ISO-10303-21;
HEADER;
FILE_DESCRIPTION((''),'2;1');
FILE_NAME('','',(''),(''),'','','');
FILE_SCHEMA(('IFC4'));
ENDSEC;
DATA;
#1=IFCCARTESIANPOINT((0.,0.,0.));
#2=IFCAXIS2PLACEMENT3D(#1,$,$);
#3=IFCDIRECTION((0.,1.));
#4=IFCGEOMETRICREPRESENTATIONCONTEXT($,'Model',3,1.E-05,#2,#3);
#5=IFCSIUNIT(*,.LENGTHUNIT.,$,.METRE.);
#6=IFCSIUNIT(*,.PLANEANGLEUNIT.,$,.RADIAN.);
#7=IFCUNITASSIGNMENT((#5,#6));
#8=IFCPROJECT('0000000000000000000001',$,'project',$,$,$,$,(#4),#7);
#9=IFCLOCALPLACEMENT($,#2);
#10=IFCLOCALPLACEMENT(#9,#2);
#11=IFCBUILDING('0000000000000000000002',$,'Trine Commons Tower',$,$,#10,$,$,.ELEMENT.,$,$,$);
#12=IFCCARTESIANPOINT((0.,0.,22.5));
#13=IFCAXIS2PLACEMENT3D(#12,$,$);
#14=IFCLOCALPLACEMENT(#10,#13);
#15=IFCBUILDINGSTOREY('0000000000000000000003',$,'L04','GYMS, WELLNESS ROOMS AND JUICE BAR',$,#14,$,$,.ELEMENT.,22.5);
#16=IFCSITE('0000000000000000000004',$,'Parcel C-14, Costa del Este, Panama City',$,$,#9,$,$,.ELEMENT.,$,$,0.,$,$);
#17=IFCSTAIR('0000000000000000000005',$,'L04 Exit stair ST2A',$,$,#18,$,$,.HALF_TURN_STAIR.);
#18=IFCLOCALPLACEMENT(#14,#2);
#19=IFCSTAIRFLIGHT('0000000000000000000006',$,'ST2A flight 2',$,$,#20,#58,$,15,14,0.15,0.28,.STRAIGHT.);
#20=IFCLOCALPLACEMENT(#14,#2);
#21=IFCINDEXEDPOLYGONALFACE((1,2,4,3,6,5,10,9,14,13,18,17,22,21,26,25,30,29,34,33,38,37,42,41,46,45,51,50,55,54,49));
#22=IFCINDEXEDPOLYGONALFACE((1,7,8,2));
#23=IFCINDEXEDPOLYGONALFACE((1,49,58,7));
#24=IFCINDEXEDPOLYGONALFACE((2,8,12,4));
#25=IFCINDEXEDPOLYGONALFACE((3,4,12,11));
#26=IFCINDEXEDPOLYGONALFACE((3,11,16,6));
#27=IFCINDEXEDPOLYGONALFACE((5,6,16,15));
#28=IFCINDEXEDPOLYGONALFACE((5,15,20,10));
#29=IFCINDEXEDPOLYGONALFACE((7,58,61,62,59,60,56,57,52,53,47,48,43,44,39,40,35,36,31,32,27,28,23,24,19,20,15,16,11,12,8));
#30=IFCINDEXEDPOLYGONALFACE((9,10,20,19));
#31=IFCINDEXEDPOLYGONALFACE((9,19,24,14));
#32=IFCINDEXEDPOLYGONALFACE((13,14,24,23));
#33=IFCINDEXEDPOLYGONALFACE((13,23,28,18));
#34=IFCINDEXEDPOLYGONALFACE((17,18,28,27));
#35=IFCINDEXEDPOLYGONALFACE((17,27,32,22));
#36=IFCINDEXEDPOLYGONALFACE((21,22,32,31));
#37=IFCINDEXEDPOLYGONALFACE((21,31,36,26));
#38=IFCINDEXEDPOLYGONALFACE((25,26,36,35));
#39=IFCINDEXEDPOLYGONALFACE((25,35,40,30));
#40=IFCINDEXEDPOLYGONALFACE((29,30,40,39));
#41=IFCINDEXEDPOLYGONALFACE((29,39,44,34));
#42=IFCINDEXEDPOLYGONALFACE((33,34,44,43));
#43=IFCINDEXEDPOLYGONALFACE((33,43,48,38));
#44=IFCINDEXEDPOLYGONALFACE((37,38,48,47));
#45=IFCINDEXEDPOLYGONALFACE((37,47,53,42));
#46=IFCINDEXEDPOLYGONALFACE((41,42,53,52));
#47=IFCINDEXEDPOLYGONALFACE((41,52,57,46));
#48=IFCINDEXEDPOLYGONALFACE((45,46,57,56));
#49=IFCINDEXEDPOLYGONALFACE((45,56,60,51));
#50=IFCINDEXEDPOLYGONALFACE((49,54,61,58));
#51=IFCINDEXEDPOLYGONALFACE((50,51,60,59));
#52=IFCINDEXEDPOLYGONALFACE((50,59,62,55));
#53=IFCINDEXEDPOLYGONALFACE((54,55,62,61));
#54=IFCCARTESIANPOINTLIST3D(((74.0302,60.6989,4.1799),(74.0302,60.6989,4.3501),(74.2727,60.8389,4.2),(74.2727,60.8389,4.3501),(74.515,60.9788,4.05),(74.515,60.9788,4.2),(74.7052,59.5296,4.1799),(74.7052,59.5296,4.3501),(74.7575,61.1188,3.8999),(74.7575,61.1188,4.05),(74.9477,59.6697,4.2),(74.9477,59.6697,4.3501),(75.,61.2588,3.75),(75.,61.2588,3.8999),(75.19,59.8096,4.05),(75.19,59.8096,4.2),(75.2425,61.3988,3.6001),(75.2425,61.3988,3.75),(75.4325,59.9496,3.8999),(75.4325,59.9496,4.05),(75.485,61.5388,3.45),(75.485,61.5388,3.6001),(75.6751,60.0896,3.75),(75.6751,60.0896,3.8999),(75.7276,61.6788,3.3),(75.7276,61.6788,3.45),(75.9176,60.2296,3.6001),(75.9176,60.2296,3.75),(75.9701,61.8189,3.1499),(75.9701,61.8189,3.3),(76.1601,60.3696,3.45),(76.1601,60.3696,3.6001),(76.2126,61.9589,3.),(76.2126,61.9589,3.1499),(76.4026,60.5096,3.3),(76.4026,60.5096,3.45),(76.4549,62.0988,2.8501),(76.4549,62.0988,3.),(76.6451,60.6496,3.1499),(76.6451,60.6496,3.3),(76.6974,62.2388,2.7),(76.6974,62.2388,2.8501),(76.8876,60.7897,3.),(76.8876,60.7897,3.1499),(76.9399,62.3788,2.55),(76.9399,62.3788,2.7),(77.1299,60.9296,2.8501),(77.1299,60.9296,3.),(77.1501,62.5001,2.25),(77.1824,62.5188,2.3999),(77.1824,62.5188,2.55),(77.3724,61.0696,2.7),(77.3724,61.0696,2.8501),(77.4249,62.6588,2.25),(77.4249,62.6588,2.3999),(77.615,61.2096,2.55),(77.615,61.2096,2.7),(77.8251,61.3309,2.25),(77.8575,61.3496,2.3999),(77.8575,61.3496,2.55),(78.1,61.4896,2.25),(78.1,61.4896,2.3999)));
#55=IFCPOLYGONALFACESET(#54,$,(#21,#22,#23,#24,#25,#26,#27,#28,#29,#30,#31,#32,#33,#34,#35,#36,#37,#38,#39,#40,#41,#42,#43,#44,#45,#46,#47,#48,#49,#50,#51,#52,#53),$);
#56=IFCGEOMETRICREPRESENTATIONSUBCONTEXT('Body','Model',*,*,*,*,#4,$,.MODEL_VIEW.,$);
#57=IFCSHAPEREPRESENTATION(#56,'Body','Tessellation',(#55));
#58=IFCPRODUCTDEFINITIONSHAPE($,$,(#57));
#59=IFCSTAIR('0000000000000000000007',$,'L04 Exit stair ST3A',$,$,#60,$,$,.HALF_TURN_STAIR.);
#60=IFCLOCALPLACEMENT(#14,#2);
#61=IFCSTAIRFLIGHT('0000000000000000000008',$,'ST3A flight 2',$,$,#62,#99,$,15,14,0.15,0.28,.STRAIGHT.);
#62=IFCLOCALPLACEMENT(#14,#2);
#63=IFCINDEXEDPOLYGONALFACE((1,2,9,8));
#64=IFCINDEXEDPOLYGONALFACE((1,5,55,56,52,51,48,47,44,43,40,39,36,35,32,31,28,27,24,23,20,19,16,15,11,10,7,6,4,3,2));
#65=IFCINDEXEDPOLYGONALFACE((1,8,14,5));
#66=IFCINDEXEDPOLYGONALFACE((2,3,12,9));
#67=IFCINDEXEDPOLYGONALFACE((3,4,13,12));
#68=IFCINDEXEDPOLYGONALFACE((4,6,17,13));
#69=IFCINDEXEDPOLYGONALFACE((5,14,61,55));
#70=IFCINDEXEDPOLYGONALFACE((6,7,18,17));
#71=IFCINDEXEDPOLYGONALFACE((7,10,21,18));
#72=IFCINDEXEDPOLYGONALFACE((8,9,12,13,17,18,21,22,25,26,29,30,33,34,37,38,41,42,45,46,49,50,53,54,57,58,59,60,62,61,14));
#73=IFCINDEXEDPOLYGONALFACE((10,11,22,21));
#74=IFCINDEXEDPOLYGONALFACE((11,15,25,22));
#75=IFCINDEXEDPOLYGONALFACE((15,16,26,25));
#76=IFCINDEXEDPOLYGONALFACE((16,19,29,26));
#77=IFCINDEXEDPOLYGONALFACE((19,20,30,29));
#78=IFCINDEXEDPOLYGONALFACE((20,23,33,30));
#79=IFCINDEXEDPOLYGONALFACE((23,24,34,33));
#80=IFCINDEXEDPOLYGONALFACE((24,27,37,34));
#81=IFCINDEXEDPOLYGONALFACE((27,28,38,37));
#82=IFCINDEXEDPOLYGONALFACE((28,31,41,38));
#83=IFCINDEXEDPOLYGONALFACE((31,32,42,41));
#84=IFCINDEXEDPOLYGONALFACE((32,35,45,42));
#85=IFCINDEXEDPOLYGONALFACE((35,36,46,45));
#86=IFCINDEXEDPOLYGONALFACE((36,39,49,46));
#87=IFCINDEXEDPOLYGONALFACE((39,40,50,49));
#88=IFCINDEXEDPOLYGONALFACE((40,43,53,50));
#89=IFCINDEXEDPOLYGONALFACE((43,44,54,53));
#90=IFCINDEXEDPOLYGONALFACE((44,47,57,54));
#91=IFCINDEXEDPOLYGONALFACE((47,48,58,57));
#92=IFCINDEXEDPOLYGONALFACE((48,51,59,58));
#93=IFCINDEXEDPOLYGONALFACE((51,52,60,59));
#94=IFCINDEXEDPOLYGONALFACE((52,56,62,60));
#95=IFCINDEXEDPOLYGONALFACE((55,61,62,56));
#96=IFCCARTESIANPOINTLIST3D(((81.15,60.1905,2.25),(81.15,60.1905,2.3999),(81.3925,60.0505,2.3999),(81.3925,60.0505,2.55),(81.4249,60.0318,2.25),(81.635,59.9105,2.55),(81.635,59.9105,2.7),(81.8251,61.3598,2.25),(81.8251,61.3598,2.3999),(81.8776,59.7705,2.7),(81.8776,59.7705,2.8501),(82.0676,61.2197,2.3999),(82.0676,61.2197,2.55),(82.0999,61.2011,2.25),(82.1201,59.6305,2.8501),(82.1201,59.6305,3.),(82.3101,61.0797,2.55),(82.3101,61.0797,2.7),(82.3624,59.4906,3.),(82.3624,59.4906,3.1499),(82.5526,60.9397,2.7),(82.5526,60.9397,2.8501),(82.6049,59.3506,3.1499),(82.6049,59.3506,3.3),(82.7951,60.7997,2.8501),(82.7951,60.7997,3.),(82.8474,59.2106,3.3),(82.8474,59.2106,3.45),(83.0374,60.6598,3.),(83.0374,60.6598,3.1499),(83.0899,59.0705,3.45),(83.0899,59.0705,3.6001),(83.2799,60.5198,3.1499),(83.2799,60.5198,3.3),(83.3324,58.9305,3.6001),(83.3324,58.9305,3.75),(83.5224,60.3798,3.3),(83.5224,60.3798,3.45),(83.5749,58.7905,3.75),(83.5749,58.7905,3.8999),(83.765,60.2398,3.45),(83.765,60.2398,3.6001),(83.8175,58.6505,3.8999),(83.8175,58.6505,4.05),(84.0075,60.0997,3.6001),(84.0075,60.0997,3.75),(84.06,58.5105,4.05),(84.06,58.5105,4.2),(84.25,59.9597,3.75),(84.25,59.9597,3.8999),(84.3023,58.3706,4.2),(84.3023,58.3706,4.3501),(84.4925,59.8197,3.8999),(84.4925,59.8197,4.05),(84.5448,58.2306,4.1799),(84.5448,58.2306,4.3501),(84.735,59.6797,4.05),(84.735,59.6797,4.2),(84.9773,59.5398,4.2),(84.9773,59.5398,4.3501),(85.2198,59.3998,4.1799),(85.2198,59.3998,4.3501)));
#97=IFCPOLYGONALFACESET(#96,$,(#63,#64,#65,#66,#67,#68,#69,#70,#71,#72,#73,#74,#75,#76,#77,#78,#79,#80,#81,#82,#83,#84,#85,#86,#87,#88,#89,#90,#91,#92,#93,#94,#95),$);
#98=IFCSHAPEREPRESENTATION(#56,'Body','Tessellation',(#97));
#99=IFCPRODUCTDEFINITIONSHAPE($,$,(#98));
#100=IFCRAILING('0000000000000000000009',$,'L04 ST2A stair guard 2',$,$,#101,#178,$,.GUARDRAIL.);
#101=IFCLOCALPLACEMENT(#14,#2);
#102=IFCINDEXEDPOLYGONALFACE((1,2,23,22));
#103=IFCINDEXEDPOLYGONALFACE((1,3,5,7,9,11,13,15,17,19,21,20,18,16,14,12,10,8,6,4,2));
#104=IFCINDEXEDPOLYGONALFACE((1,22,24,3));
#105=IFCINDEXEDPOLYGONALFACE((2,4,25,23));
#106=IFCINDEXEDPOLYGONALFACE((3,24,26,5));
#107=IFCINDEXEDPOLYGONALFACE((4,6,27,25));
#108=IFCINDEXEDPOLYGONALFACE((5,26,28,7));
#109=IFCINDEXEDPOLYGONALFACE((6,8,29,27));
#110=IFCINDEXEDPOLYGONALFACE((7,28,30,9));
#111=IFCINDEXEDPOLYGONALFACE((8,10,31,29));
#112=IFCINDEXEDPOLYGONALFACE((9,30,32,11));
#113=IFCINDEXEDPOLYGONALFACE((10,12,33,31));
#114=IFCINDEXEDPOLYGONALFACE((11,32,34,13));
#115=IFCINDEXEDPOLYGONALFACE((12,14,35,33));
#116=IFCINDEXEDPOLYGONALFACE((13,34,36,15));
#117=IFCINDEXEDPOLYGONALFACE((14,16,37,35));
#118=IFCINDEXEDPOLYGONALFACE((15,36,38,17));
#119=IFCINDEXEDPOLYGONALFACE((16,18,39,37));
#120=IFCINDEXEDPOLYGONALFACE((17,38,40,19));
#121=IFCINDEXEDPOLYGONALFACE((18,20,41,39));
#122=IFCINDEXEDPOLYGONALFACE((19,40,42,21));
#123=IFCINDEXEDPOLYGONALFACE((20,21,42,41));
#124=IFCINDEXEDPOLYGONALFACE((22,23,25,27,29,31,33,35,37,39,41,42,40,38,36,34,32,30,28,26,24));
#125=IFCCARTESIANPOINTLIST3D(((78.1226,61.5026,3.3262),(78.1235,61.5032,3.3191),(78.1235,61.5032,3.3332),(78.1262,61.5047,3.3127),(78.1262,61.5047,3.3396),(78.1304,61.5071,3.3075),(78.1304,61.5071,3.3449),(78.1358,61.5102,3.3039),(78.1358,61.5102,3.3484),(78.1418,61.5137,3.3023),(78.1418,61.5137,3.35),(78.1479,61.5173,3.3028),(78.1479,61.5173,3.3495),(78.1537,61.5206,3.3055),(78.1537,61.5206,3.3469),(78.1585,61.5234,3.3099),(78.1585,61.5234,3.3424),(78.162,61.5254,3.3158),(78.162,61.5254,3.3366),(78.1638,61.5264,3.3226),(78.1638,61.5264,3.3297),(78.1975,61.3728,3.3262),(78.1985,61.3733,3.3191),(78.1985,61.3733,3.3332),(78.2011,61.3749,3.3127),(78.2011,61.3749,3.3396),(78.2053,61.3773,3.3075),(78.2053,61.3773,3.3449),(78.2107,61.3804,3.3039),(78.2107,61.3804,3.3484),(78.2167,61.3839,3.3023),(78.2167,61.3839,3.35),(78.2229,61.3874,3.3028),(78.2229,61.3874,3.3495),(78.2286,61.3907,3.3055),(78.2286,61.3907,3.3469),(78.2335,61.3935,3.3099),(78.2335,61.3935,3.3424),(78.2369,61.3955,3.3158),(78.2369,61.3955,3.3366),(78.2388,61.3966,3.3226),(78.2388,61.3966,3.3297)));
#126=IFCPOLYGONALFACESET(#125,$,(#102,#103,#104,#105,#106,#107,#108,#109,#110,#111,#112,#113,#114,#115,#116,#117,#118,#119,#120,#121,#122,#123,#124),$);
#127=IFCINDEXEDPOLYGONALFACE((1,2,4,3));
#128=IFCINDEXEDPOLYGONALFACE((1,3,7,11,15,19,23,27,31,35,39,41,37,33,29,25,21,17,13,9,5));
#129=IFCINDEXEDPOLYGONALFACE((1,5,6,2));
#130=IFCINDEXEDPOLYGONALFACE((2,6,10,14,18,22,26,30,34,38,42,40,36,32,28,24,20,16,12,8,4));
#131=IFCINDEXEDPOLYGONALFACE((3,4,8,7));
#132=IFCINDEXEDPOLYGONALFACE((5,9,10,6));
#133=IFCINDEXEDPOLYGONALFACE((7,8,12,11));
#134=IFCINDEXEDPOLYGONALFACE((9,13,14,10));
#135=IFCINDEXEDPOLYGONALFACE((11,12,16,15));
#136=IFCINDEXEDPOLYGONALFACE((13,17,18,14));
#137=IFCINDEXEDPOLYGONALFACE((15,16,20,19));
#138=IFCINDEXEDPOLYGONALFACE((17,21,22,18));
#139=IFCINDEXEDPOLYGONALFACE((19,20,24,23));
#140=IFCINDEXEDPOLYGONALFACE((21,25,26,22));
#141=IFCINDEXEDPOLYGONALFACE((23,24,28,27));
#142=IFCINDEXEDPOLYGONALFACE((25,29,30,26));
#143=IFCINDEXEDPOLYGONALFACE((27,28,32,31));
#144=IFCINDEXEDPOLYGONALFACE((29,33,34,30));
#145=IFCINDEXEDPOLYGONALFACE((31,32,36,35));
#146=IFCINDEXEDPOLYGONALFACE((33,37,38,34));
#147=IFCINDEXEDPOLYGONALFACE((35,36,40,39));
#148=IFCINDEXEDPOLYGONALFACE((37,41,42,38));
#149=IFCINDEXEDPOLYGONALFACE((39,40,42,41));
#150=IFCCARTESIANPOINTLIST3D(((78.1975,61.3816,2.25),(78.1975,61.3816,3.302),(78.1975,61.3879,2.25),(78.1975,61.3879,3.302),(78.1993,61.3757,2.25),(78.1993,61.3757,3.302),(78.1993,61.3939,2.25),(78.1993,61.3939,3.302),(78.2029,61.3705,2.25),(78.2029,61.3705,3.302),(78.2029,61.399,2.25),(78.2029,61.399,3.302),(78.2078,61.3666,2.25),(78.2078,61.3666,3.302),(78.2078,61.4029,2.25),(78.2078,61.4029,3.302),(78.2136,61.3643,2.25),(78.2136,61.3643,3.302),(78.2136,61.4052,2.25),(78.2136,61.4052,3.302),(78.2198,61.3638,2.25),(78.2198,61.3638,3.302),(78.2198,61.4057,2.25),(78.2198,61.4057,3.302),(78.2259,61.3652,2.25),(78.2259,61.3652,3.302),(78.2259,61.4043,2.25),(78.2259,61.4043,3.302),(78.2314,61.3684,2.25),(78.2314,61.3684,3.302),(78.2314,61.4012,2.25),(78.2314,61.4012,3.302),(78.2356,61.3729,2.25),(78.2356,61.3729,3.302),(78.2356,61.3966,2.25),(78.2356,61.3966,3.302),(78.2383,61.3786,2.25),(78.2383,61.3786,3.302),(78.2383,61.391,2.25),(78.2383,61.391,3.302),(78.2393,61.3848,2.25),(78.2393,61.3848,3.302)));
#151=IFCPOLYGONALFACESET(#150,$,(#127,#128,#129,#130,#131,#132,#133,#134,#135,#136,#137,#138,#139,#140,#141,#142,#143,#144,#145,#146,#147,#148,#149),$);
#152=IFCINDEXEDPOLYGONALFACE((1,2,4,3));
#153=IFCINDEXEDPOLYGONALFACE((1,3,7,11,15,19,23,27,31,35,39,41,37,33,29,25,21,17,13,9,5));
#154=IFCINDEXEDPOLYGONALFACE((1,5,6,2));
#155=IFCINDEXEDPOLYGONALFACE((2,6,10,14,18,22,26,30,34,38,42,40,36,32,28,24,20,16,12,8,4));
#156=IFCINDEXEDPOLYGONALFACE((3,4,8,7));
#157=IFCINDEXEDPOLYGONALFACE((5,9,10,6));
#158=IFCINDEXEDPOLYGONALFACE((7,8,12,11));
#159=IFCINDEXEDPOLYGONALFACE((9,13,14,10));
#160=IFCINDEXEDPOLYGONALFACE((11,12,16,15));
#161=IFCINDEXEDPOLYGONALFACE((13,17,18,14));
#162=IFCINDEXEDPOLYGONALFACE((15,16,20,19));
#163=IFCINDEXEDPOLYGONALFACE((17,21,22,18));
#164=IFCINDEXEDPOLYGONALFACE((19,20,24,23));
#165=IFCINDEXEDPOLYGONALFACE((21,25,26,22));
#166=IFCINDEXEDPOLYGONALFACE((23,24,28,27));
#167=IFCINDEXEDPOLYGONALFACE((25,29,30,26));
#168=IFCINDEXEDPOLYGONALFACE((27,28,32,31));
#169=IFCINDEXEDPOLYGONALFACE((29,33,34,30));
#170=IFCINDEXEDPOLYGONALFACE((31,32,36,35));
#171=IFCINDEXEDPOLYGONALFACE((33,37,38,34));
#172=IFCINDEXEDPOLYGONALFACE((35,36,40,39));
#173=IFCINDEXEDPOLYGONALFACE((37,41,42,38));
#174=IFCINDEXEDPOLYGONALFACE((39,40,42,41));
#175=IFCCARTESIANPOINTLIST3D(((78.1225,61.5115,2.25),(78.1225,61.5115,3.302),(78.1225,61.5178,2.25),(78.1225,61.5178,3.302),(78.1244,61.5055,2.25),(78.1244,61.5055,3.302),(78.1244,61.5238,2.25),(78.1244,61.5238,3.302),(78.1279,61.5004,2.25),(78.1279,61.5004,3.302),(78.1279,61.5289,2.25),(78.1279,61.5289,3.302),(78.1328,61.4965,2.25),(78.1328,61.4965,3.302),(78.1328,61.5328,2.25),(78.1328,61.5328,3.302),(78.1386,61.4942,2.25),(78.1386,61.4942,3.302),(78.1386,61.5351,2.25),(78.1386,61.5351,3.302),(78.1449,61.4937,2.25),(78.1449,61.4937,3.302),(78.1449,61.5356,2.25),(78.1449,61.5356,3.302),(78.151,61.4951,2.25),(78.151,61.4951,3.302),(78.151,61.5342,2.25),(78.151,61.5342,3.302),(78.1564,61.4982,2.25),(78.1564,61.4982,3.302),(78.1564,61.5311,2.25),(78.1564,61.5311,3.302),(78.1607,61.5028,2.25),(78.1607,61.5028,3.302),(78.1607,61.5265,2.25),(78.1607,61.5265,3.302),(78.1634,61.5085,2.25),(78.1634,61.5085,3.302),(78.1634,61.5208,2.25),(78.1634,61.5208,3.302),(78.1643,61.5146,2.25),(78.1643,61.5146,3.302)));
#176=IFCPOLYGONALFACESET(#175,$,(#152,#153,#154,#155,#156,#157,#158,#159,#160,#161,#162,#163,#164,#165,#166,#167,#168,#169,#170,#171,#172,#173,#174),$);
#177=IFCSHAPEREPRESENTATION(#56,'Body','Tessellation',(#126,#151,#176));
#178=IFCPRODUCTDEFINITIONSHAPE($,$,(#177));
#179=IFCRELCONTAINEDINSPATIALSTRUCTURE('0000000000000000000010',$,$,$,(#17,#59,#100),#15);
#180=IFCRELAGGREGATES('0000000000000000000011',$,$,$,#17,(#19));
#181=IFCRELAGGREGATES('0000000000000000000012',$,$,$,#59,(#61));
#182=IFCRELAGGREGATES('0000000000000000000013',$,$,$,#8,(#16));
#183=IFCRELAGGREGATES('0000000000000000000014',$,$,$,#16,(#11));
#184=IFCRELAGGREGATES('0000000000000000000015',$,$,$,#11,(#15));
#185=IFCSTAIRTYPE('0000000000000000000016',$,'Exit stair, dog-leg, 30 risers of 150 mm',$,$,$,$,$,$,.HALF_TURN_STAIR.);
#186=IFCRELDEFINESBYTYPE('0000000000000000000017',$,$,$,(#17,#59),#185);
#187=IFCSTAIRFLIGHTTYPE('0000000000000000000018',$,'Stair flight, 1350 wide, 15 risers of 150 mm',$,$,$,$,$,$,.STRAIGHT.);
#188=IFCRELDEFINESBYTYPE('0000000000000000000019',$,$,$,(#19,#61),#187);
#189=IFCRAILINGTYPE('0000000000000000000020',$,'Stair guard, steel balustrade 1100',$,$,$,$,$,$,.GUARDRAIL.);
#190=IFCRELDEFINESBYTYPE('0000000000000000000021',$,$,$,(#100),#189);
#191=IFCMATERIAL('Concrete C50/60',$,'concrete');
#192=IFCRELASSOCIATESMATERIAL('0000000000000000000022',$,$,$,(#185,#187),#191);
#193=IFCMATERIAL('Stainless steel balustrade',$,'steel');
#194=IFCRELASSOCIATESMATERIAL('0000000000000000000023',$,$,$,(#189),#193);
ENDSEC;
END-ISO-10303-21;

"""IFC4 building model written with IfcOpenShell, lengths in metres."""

from ifc_helpers import new_model, si_unit, direction, frame, origin, origin_2d, place, context, subcontext, project, spatial, polyline, circle, outline, extrude, material, type_object, element, aggregate, save


model = new_model("IFC4")

# Units and contexts
model_context = context("Model", 3, precision=1e-05, world=origin(), true_north=direction((0.0, 1.0)))
body_context = subcontext(model_context, "Body", "Model", "MODEL_VIEW")
ifc_project = project(units=[si_unit("LENGTHUNIT", "METRE"), si_unit("PLANEANGLEUNIT", "RADIAN")], contexts=[model_context])

# Site, building, storey
site_placement = place(None, origin())
site = spatial("IfcSite", under=ifc_project, at=site_placement, Name="Parcel C-14, Costa del Este, Panama City", CompositionType="ELEMENT", RefElevation=0.0)
building_placement = place(site_placement, origin())
building = spatial("IfcBuilding", under=site, at=building_placement, Name="Trine Commons Tower", CompositionType="ELEMENT")
storey_placement = place(building_placement, frame((0.0, 0.0, 22.5)))
storey = spatial("IfcBuildingStorey", under=building, at=storey_placement, Name="L04", Description="GYMS, WELLNESS ROOMS AND JUICE BAR", CompositionType="ELEMENT", Elevation=22.5)

# Stairs, stair flights
ifc_material_1 = material(Name="Concrete C50/60", Category="concrete")
stair_type = type_object("IfcStairType", Name="Exit stair, dog-leg, 30 risers of 150 mm", PredefinedType="HALF_TURN_STAIR", material=ifc_material_1)
stair_1_placement = place(storey_placement, origin())
stair_1 = element("IfcStair", 1, at=stair_1_placement, inside=storey, type_object=stair_type, Name="L04 Exit stair ST2A", PredefinedType="HALF_TURN_STAIR")
stair_flight_type = type_object("IfcStairFlightType", Name="Stair flight, 1350 wide, 15 risers of 150 mm", PredefinedType="STRAIGHT", material=ifc_material_1)
stair_flight_1_placement = place(storey_placement, frame((77.7625, 62.0742, 2.25), z_axis=(0.0, 0.0, 1.0), x_axis=(-0.866025, -0.5, 0.0)))
stair_flight_1 = element("IfcStairFlight", 2, at=stair_flight_1_placement, type_object=stair_flight_type, Name="ST2A flight 2", NumberOfRisers=15, NumberOfTreads=14, PredefinedType="STRAIGHT", RiserHeight=0.15, TreadLength=0.28, context=body_context, shape_type="SweptSolid", body=[
    extrude(outline(polyline([(0.0, 0.0), (0.0, 0.1499), (0.28, 0.1499), (0.28, 0.3), (0.5601, 0.3), (0.5601, 0.45), (0.8401, 0.45), (0.8401, 0.6001), (1.1201, 0.6001), (1.1201, 0.75), (1.3999, 0.75), (1.3999, 0.8999), (1.6799, 0.8999), (1.6799, 1.05), (1.96, 1.05), (1.96, 1.2), (2.24, 1.2), (2.24, 1.3501), (2.52, 1.3501), (2.52, 1.5), (2.8, 1.5), (2.8, 1.6499), (3.0801, 1.6499), (3.0801, 1.8), (3.3601, 1.8), (3.3601, 1.95), (3.6399, 1.95), (3.6399, 2.1001), (3.9199, 2.1001), (3.9199, 2.25), (3.9199, 1.9299), (0.3174, 0.0), (0.0, 0.0)])), frame((0.0, 0.675, 0.0), z_axis=(0.0, -1.0, 0.0), x_axis=(1.0, 0.0, 0.0)), (0.0, 0.0, 1.0), 1.3501),
])
aggregate(stair_1, [stair_flight_1])
stair_2_placement = place(storey_placement, origin())
stair_2 = element("IfcStair", 3, at=stair_2_placement, inside=storey, type_object=stair_type, Name="L04 Exit stair ST3A", PredefinedType="HALF_TURN_STAIR")
stair_flight_2_placement = place(storey_placement, frame((81.4875, 60.7751, 2.25), z_axis=(0.0, 0.0, 1.0), x_axis=(0.866025, -0.5, 0.0)))
stair_flight_2 = element("IfcStairFlight", 4, at=stair_flight_2_placement, type_object=stair_flight_type, Name="ST3A flight 2", NumberOfRisers=15, NumberOfTreads=14, PredefinedType="STRAIGHT", RiserHeight=0.15, TreadLength=0.28, context=body_context, shape_type="SweptSolid", body=[
    extrude(outline(polyline([(0.0, 0.0), (0.0, 0.1499), (0.28, 0.1499), (0.28, 0.3), (0.5601, 0.3), (0.5601, 0.45), (0.8401, 0.45), (0.8401, 0.6001), (1.1201, 0.6001), (1.1201, 0.75), (1.3999, 0.75), (1.3999, 0.8999), (1.6799, 0.8999), (1.6799, 1.05), (1.96, 1.05), (1.96, 1.2), (2.24, 1.2), (2.24, 1.3501), (2.52, 1.3501), (2.52, 1.5), (2.8, 1.5), (2.8, 1.6499), (3.0801, 1.6499), (3.0801, 1.8), (3.3601, 1.8), (3.3601, 1.95), (3.6399, 1.95), (3.6399, 2.1001), (3.9199, 2.1001), (3.9199, 2.25), (3.9199, 1.9299), (0.3174, 0.0), (0.0, 0.0)])), frame((0.0, 0.675, 0.0), z_axis=(0.0, -1.0, 0.0), x_axis=(1.0, 0.0, 0.0)), (0.0, 0.0, 1.0), 1.3501),
])
aggregate(stair_2, [stair_flight_2])

# Railing
ifc_material_2 = material(Name="Stainless steel balustrade", Category="steel")
railing_type_1 = type_object("IfcRailingType", Name="Stair guard, steel balustrade 1100", PredefinedType="GUARDRAIL", material=ifc_material_2)
railing_1_placement = place(storey_placement, frame((78.2183, 61.3848, 2.25)))
element("IfcRailing", 5, at=railing_1_placement, inside=storey, type_object=railing_type_1, Name="L04 ST2A stair guard 2", PredefinedType="GUARDRAIL", context=body_context, shape_type="SweptSolid", body=[
    extrude(circle(Radius=0.0239, at=origin_2d()), frame((0.0, 0.0, 1.0762), z_axis=(-0.499816, 0.866131, 0.0), x_axis=(-0.866131, -0.499816, 0.0)), (0.0, 0.0, 1.0), 0.1499),
    extrude(circle(Radius=0.021, at=origin_2d()), origin(), (0.0, 0.0, 1.0), 1.052),
    extrude(circle(Radius=0.021, at=origin_2d()), frame((-0.075, 0.1299, 0.0)), (0.0, 0.0, 1.0), 1.052),
])

save(model, "model.ifc")
